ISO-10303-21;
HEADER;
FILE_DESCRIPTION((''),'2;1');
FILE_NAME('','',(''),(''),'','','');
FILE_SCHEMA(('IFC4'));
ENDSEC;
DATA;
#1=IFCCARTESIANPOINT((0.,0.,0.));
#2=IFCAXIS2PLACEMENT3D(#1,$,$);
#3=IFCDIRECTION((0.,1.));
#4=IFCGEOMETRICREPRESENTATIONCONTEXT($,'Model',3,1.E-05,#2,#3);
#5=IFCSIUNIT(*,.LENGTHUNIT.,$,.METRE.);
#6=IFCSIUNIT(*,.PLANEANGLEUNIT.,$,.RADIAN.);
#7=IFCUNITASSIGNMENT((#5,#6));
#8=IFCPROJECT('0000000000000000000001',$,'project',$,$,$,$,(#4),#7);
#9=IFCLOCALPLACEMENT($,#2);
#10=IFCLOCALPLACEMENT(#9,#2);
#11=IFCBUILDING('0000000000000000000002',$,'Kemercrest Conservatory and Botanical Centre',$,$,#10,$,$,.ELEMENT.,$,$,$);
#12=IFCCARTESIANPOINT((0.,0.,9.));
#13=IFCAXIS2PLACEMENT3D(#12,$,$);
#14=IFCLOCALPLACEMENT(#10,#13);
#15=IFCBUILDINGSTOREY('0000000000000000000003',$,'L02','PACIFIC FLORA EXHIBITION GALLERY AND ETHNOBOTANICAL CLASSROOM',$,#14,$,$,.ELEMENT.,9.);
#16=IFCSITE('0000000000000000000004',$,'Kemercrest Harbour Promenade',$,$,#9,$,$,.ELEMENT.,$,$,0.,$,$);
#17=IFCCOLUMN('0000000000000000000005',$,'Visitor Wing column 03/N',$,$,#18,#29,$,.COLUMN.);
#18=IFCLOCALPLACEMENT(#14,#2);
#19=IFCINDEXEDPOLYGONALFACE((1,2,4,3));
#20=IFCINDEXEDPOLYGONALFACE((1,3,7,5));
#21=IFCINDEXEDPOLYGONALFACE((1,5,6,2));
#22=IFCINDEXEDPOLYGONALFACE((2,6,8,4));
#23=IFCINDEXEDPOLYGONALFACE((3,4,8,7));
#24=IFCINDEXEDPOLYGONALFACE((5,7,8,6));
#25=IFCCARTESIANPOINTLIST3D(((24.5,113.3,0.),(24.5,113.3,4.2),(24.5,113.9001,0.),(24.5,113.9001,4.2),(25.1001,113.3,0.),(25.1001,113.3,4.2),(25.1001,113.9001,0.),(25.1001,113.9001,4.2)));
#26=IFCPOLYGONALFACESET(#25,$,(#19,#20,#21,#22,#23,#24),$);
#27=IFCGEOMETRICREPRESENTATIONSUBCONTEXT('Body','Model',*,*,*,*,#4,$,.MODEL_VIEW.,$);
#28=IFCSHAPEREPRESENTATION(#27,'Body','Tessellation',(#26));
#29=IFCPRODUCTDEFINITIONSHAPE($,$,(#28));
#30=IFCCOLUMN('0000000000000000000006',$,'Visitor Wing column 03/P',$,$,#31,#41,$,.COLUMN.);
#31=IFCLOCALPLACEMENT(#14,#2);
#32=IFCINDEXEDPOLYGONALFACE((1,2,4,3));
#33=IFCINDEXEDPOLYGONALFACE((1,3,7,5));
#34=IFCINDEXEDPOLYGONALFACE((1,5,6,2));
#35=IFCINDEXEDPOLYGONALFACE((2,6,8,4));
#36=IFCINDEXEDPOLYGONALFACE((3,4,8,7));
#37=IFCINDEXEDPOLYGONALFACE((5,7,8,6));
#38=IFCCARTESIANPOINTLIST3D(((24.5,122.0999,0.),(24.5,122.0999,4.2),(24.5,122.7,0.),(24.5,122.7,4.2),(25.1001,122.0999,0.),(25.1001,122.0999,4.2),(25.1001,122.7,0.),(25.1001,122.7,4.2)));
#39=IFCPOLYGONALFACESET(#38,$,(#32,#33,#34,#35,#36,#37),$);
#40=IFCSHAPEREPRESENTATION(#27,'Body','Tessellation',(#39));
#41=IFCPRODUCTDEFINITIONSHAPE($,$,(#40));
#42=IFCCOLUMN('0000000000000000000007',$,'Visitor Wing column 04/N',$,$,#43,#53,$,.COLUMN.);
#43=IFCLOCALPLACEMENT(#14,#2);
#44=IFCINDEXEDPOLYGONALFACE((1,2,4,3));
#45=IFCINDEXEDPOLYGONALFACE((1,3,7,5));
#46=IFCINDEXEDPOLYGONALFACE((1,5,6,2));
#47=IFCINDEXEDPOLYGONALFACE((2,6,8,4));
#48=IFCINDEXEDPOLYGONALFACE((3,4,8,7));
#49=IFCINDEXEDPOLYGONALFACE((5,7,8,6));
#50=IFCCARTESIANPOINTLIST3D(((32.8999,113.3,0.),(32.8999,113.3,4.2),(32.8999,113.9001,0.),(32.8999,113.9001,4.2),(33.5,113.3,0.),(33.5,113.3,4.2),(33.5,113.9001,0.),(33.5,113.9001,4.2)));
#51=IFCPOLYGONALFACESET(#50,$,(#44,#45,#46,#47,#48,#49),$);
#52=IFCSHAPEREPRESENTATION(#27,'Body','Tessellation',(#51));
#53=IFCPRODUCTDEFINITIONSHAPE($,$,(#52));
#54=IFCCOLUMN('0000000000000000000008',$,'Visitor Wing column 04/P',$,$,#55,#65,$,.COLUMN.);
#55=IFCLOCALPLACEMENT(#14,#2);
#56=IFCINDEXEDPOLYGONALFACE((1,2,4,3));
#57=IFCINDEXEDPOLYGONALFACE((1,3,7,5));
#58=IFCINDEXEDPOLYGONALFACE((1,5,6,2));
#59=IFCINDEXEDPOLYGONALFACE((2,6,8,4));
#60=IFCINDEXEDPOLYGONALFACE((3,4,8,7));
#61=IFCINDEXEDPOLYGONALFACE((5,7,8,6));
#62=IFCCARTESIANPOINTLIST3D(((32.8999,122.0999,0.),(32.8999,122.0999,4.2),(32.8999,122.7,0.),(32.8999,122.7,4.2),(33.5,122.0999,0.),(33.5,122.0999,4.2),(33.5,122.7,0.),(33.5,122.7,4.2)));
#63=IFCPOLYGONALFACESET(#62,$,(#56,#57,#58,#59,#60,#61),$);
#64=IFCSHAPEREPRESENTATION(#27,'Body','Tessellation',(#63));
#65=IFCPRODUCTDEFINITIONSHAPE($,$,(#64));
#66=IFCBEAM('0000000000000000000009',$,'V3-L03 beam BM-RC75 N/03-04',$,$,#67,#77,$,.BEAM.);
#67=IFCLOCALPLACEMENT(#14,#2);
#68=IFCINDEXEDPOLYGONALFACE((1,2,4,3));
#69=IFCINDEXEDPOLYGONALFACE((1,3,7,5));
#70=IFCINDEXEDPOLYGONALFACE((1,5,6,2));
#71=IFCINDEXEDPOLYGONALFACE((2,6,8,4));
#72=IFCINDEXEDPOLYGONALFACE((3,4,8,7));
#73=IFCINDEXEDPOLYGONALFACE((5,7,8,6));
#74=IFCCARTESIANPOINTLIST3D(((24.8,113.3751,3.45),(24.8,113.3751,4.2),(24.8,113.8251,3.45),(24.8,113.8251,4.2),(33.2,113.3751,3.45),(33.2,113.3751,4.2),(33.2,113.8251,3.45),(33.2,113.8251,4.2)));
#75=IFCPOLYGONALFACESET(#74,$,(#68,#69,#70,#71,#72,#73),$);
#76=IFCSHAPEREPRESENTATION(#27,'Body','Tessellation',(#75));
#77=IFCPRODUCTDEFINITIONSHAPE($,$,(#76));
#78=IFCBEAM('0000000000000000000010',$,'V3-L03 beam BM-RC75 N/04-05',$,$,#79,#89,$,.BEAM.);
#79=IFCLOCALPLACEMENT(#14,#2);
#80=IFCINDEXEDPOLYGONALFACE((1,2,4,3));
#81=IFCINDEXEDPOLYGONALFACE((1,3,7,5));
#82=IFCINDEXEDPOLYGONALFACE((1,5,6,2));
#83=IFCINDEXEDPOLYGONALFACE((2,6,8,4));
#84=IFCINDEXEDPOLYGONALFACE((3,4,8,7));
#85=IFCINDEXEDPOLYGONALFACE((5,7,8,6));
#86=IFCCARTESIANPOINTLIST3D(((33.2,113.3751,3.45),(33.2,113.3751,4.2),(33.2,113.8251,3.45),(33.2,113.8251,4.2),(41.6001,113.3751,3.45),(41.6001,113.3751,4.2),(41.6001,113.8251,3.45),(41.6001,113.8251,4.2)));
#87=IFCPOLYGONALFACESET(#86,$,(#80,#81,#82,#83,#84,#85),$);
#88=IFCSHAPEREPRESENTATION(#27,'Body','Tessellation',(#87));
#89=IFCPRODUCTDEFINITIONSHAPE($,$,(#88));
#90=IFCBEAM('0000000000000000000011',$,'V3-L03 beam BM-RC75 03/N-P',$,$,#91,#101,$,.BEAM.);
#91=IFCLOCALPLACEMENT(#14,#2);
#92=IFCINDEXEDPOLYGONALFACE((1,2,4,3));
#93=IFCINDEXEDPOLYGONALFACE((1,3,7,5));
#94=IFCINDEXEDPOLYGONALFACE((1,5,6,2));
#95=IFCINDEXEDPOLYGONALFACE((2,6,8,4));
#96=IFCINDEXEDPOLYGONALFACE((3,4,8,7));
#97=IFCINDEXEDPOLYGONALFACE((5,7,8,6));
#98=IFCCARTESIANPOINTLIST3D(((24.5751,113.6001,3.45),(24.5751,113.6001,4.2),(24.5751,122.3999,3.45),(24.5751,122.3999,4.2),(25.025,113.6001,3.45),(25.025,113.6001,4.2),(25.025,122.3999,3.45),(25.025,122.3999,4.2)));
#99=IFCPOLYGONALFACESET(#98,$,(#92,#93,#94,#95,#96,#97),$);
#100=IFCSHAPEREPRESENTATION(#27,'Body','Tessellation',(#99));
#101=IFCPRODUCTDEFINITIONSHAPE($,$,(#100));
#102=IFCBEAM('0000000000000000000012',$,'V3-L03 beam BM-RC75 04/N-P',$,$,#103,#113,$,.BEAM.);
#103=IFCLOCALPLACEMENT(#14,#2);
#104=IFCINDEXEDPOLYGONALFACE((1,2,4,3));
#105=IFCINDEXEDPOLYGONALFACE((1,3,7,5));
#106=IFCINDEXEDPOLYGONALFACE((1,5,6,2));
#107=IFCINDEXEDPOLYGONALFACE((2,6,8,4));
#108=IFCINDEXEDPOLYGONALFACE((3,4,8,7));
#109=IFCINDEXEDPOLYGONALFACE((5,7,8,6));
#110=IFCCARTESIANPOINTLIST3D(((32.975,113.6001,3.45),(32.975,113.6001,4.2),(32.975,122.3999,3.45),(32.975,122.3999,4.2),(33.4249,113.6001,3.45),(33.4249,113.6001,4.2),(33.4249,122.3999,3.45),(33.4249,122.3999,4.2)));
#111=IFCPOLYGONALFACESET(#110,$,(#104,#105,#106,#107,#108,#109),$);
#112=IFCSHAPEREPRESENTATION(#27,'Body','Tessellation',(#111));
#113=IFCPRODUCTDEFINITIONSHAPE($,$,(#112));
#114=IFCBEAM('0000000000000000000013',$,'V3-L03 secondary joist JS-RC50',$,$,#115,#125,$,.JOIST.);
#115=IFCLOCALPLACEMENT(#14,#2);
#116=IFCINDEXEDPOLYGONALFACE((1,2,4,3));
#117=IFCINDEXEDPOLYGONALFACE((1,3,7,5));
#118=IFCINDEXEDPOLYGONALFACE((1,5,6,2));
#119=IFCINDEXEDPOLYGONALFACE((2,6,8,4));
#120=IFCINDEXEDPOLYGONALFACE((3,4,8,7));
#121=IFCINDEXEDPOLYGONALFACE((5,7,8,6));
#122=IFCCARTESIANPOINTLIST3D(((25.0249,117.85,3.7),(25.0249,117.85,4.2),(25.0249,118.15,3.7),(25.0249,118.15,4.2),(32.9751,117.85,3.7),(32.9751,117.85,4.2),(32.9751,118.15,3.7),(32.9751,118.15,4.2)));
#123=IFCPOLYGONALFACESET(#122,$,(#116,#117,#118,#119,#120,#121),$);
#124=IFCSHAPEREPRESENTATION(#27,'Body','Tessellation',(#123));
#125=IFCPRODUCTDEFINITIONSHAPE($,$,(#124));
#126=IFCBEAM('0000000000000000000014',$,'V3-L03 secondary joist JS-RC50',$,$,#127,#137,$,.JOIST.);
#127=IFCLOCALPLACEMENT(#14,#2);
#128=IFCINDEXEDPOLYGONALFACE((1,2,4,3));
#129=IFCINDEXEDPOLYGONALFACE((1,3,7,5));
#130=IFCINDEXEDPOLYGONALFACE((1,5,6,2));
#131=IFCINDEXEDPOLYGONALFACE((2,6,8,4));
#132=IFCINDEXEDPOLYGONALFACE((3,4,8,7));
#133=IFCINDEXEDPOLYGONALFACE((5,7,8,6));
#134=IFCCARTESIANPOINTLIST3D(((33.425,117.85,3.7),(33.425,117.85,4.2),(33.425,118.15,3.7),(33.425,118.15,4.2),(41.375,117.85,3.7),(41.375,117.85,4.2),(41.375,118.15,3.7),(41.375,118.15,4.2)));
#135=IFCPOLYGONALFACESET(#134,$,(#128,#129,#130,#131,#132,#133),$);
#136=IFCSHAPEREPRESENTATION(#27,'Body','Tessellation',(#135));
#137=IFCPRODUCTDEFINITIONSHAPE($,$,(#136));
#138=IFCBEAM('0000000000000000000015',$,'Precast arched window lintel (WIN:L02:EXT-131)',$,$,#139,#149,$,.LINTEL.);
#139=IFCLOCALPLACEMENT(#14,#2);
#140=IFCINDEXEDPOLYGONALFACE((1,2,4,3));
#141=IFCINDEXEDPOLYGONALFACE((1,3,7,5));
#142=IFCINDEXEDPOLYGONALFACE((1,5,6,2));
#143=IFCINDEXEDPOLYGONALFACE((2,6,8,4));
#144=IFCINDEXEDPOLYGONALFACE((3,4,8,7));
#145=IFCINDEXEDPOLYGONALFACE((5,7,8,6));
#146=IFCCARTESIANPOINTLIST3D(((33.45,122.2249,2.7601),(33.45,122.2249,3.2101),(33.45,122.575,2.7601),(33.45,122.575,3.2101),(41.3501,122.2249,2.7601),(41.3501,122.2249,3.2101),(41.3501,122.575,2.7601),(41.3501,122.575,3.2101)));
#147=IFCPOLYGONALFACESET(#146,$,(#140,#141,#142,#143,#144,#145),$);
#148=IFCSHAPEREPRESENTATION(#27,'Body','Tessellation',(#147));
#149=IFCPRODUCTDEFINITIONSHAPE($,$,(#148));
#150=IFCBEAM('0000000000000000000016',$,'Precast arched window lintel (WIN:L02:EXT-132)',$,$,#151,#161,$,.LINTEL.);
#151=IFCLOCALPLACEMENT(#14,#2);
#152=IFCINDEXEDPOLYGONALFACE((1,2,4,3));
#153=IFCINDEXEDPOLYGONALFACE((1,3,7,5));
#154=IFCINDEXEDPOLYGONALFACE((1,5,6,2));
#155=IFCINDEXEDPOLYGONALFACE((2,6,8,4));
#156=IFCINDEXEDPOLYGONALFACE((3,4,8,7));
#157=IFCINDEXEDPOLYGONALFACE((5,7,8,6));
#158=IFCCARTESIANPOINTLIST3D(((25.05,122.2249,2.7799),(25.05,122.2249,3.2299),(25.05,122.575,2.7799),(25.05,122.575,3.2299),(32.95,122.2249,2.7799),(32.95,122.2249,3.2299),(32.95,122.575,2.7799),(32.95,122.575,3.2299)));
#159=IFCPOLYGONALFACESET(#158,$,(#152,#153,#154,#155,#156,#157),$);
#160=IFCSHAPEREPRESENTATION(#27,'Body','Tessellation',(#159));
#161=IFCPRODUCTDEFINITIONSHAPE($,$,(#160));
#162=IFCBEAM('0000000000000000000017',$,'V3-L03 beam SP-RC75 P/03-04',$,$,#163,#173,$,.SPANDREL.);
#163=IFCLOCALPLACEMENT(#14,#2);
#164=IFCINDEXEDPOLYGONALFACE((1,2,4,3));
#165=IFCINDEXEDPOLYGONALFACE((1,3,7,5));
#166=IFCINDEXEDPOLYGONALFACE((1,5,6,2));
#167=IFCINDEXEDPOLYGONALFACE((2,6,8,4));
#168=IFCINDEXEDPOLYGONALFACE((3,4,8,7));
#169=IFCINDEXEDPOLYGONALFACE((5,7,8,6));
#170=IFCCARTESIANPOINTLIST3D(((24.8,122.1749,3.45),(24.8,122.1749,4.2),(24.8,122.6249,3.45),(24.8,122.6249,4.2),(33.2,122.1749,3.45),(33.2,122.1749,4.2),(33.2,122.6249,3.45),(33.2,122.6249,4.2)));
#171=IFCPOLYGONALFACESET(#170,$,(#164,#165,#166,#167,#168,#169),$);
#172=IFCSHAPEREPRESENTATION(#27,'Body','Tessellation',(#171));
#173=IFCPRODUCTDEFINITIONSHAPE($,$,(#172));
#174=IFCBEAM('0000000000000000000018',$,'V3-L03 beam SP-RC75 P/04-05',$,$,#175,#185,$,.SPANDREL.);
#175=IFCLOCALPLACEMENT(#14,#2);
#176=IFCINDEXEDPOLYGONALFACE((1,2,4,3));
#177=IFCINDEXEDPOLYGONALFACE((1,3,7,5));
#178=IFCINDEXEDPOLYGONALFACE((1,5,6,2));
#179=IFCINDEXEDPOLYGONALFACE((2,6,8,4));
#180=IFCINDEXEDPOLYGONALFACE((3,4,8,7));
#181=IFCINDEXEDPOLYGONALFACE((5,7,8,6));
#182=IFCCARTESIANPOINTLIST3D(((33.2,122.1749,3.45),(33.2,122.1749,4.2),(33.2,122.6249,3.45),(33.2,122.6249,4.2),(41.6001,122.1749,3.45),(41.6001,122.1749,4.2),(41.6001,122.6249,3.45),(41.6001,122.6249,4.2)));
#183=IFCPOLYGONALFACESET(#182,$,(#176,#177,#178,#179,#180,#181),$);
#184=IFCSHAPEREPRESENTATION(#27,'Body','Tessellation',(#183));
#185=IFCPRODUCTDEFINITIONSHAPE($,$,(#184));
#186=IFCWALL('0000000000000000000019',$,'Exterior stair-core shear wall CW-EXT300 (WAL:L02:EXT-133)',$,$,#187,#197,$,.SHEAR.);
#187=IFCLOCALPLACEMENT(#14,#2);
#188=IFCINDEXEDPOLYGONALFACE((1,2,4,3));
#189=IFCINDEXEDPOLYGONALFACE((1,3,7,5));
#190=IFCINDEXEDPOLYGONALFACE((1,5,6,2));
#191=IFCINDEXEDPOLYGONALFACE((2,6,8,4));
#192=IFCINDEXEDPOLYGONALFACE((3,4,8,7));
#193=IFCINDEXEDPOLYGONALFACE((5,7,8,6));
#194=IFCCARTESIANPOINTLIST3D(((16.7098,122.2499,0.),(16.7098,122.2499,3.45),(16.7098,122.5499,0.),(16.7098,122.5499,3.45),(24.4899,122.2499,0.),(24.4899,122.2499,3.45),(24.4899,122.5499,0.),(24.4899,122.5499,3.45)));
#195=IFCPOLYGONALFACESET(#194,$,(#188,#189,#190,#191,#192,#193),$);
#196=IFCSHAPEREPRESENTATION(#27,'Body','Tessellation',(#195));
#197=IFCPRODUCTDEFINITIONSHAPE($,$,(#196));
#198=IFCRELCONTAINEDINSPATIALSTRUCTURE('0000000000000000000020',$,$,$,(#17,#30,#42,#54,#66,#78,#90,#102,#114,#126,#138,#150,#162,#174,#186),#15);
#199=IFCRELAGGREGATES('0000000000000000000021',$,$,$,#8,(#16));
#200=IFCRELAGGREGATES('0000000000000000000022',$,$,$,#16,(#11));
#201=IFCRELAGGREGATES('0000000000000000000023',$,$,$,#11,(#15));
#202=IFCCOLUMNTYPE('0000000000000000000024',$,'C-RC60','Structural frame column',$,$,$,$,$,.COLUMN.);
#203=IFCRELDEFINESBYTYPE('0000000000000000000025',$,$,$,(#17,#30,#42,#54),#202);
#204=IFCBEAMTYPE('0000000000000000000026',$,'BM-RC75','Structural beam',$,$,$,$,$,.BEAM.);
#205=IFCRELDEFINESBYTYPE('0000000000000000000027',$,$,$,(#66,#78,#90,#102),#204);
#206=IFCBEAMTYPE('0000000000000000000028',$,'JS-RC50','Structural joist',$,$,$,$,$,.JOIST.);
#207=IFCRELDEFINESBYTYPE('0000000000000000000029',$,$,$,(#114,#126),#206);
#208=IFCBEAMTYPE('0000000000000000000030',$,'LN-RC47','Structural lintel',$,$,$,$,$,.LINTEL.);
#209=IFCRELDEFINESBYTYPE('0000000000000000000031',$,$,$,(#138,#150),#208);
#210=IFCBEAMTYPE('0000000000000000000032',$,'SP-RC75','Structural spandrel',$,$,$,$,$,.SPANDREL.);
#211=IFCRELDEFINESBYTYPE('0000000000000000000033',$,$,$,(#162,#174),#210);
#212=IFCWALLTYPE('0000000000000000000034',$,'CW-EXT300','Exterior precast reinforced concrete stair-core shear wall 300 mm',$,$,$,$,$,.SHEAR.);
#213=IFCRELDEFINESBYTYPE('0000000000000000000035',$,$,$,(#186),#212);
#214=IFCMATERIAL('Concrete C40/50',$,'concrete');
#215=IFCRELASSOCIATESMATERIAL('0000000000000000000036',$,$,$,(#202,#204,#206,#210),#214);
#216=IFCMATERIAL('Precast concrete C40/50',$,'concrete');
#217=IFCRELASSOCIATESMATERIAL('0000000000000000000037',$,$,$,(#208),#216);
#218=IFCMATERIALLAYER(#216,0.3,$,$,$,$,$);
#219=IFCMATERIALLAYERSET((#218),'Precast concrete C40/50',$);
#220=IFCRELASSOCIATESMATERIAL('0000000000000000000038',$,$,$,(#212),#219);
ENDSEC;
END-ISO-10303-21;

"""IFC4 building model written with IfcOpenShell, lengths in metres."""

from ifc_helpers import new_model, si_unit, direction, frame, frame_2d, origin, origin_2d, place, context, subcontext, project, spatial, rectangle, extrude, material, layer, layer_set, material_profile, profile_set, type_object, element, save


model = new_model("IFC4")

# Units and contexts
model_context = context("Model", 3, precision=1e-05, world=origin(), true_north=direction((0.0, 1.0)))
body_context = subcontext(model_context, "Body", "Model", "MODEL_VIEW")
ifc_project = project(units=[si_unit("LENGTHUNIT", "METRE"), si_unit("PLANEANGLEUNIT", "RADIAN")], contexts=[model_context])

# Site, building, storey
site_placement = place(None, origin())
site = spatial("IfcSite", under=ifc_project, at=site_placement, Name="Kemercrest Harbour Promenade", CompositionType="ELEMENT", RefElevation=0.0)
building_placement = place(site_placement, origin())
building = spatial("IfcBuilding", under=site, at=building_placement, Name="Kemercrest Conservatory and Botanical Centre", CompositionType="ELEMENT")
storey_placement = place(building_placement, frame((0.0, 0.0, 9.0)))
storey = spatial("IfcBuildingStorey", under=building, at=storey_placement, Name="L02", Description="PACIFIC FLORA EXHIBITION GALLERY AND ETHNOBOTANICAL CLASSROOM", CompositionType="ELEMENT", Elevation=9.0)

# Columns
ifc_material_1 = material(Name="Concrete C40/50", Category="concrete")
ifc_material_profile_1 = material_profile(ifc_material_1, rectangle(XDim=0.6001, YDim=0.6001, at=origin_2d()), Name="RC 600x600")
ifc_profile_set_1 = profile_set([ifc_material_profile_1], Name="Concrete C40/50")
column_type = type_object("IfcColumnType", Name="C-RC60", Description="Structural frame column", PredefinedType="COLUMN", material=ifc_profile_set_1)
for number, where, z_axis, x_axis, name in (
    (1, (24.8, 113.6001, 0.0), (0.0, 0.0, 1.0), (1.0, 0.0, 0.0), "Visitor Wing column 03/N"),
    (2, (24.8, 122.3999, 0.0), (0.0, 0.0, 1.0), (1.0, 0.0, 0.0), "Visitor Wing column 03/P"),
    (3, (33.2, 113.6001, 0.0), (0.0, 0.0, 1.0), (1.0, 0.0, 0.0), "Visitor Wing column 04/N"),
    (4, (33.2, 122.3999, 0.0), (0.0, 0.0, 1.0), (1.0, 0.0, 0.0), "Visitor Wing column 04/P"),
):
    element("IfcColumn", number, at=place(storey_placement, frame(where, z_axis=z_axis, x_axis=x_axis)), inside=storey, type_object=column_type, Name=name, PredefinedType="COLUMN", context=body_context, shape_type="SweptSolid", body=[
        extrude(rectangle(XDim=0.6001, YDim=0.6001, at=origin_2d()), origin(), (0.0, 0.0, 1.0), 4.2),
    ])

# Beams
ifc_material_profile_2 = material_profile(ifc_material_1, rectangle(XDim=0.45, YDim=0.75, at=origin_2d()), Name="RC 450x750")
ifc_profile_set_2 = profile_set([ifc_material_profile_2], Name="Concrete C40/50")
beam_type_1 = type_object("IfcBeamType", Name="BM-RC75", Description="Structural beam", PredefinedType="BEAM", material=ifc_profile_set_2)
beam_1_placement = place(storey_placement, frame((24.8, 113.6001, 3.825), z_axis=(1.0, 0.0, 0.0), x_axis=(0.0, 1.0, 0.0)))
element("IfcBeam", 5, at=beam_1_placement, inside=storey, type_object=beam_type_1, Name="V3-L03 beam BM-RC75 N/03-04", PredefinedType="BEAM", context=body_context, shape_type="SweptSolid", body=[
    extrude(rectangle(XDim=0.45, YDim=0.75, at=origin_2d()), origin(), (0.0, 0.0, 1.0), 8.3999),
])
beam_2_placement = place(storey_placement, frame((33.2, 113.6001, 3.825), z_axis=(1.0, 0.0, 0.0), x_axis=(0.0, 1.0, 0.0)))
element("IfcBeam", 6, at=beam_2_placement, inside=storey, type_object=beam_type_1, Name="V3-L03 beam BM-RC75 N/04-05", PredefinedType="BEAM", context=body_context, shape_type="SweptSolid", body=[
    extrude(rectangle(XDim=0.45, YDim=0.75, at=origin_2d()), origin(), (0.0, 0.0, 1.0), 8.4001),
])
for number, where, z_axis, x_axis, name in (
    (7, (24.8, 113.6001, 3.825), (0.0, 1.0, 0.0), (-1.0, 0.0, 0.0), "V3-L03 beam BM-RC75 03/N-P"),
    (8, (33.2, 113.6001, 3.825), (0.0, 1.0, 0.0), (-1.0, 0.0, 0.0), "V3-L03 beam BM-RC75 04/N-P"),
):
    element("IfcBeam", number, at=place(storey_placement, frame(where, z_axis=z_axis, x_axis=x_axis)), inside=storey, type_object=beam_type_1, Name=name, PredefinedType="BEAM", context=body_context, shape_type="SweptSolid", body=[
        extrude(rectangle(XDim=0.45, YDim=0.75, at=origin_2d()), origin(), (0.0, 0.0, 1.0), 8.7998),
    ])
ifc_material_profile_3 = material_profile(ifc_material_1, rectangle(XDim=0.3, YDim=0.5, at=origin_2d()), Name="RC 300x500")
ifc_profile_set_3 = profile_set([ifc_material_profile_3], Name="Concrete C40/50")
beam_type_2 = type_object("IfcBeamType", Name="JS-RC50", Description="Structural joist", PredefinedType="JOIST", material=ifc_profile_set_3)
beam_3_placement = place(storey_placement, frame((25.0249, 118.0, 3.95), z_axis=(1.0, 0.0, 0.0), x_axis=(0.0, 1.0, 0.0)))
element("IfcBeam", 9, at=beam_3_placement, inside=storey, type_object=beam_type_2, Name="V3-L03 secondary joist JS-RC50", PredefinedType="JOIST", context=body_context, shape_type="SweptSolid", body=[
    extrude(rectangle(XDim=0.3, YDim=0.5, at=origin_2d()), origin(), (0.0, 0.0, 1.0), 7.9502),
])
beam_4_placement = place(storey_placement, frame((33.425, 118.0, 3.95), z_axis=(1.0, 0.0, 0.0), x_axis=(0.0, 1.0, 0.0)))
element("IfcBeam", 10, at=beam_4_placement, inside=storey, type_object=beam_type_2, Name="V3-L03 secondary joist JS-RC50", PredefinedType="JOIST", context=body_context, shape_type="SweptSolid", body=[
    extrude(rectangle(XDim=0.3, YDim=0.5, at=origin_2d()), origin(), (0.0, 0.0, 1.0), 7.95),
])
ifc_material_2 = material(Name="Precast concrete C40/50", Category="concrete")
ifc_material_profile_4 = material_profile(ifc_material_2, rectangle(XDim=0.3501, YDim=0.45, at=origin_2d()), Name="RC 350x450")
ifc_profile_set_4 = profile_set([ifc_material_profile_4], Name="Precast concrete C40/50")
beam_type_3 = type_object("IfcBeamType", Name="LN-RC47", Description="Structural lintel", PredefinedType="LINTEL", material=ifc_profile_set_4)
beam_5_placement = place(storey_placement, frame((41.3501, 122.3999, 2.9851), z_axis=(-1.0, 0.0, 0.0), x_axis=(0.0, -1.0, 0.0)))
element("IfcBeam", 11, at=beam_5_placement, inside=storey, type_object=beam_type_3, Name="Precast arched window lintel (WIN:L02:EXT-131)", PredefinedType="LINTEL", context=body_context, shape_type="SweptSolid", body=[
    extrude(rectangle(XDim=0.3501, YDim=0.45, at=origin_2d()), origin(), (0.0, 0.0, 1.0), 7.9001),
])
beam_6_placement = place(storey_placement, frame((32.95, 122.3999, 3.0049), z_axis=(-1.0, 0.0, 0.0), x_axis=(0.0, -1.0, 0.0)))
element("IfcBeam", 12, at=beam_6_placement, inside=storey, type_object=beam_type_3, Name="Precast arched window lintel (WIN:L02:EXT-132)", PredefinedType="LINTEL", context=body_context, shape_type="SweptSolid", body=[
    extrude(rectangle(XDim=0.3501, YDim=0.45, at=origin_2d()), origin(), (0.0, 0.0, 1.0), 7.8999),
])
ifc_material_profile_5 = material_profile(ifc_material_1, rectangle(XDim=0.45, YDim=0.75, at=origin_2d()), Name="RC 450x750")
ifc_profile_set_5 = profile_set([ifc_material_profile_5], Name="Concrete C40/50")
beam_type_4 = type_object("IfcBeamType", Name="SP-RC75", Description="Structural spandrel", PredefinedType="SPANDREL", material=ifc_profile_set_5)
beam_7_placement = place(storey_placement, frame((24.8, 122.3999, 3.825), z_axis=(1.0, 0.0, 0.0), x_axis=(0.0, 1.0, 0.0)))
element("IfcBeam", 13, at=beam_7_placement, inside=storey, type_object=beam_type_4, Name="V3-L03 beam SP-RC75 P/03-04", PredefinedType="SPANDREL", context=body_context, shape_type="SweptSolid", body=[
    extrude(rectangle(XDim=0.45, YDim=0.75, at=origin_2d()), origin(), (0.0, 0.0, 1.0), 8.3999),
])
beam_8_placement = place(storey_placement, frame((33.2, 122.3999, 3.825), z_axis=(1.0, 0.0, 0.0), x_axis=(0.0, 1.0, 0.0)))
element("IfcBeam", 14, at=beam_8_placement, inside=storey, type_object=beam_type_4, Name="V3-L03 beam SP-RC75 P/04-05", PredefinedType="SPANDREL", context=body_context, shape_type="SweptSolid", body=[
    extrude(rectangle(XDim=0.45, YDim=0.75, at=origin_2d()), origin(), (0.0, 0.0, 1.0), 8.4001),
])

# Wall
ifc_layer_1 = layer(ifc_material_2, 0.3)
ifc_layer_set_1 = layer_set([ifc_layer_1], Name="Precast concrete C40/50")
wall_type_1 = type_object("IfcWallType", Name="CW-EXT300", Description="Exterior precast reinforced concrete stair-core shear wall 300 mm", PredefinedType="SHEAR", material=ifc_layer_set_1)
wall_1_placement = place(storey_placement, frame((24.49, 122.3999, 0.0), z_axis=(0.0, 0.0, 1.0), x_axis=(-1.0, 0.0, 0.0)))
element("IfcWall", 15, at=wall_1_placement, inside=storey, type_object=wall_type_1, Name="Exterior stair-core shear wall CW-EXT300 (WAL:L02:EXT-133)", PredefinedType="SHEAR", context=body_context, shape_type="SweptSolid", body=[
    extrude(rectangle(XDim=7.78, YDim=0.3, at=frame_2d((3.8901, 0.0))), origin(), (0.0, 0.0, 1.0), 3.45),
])

save(model, "model.ifc")
